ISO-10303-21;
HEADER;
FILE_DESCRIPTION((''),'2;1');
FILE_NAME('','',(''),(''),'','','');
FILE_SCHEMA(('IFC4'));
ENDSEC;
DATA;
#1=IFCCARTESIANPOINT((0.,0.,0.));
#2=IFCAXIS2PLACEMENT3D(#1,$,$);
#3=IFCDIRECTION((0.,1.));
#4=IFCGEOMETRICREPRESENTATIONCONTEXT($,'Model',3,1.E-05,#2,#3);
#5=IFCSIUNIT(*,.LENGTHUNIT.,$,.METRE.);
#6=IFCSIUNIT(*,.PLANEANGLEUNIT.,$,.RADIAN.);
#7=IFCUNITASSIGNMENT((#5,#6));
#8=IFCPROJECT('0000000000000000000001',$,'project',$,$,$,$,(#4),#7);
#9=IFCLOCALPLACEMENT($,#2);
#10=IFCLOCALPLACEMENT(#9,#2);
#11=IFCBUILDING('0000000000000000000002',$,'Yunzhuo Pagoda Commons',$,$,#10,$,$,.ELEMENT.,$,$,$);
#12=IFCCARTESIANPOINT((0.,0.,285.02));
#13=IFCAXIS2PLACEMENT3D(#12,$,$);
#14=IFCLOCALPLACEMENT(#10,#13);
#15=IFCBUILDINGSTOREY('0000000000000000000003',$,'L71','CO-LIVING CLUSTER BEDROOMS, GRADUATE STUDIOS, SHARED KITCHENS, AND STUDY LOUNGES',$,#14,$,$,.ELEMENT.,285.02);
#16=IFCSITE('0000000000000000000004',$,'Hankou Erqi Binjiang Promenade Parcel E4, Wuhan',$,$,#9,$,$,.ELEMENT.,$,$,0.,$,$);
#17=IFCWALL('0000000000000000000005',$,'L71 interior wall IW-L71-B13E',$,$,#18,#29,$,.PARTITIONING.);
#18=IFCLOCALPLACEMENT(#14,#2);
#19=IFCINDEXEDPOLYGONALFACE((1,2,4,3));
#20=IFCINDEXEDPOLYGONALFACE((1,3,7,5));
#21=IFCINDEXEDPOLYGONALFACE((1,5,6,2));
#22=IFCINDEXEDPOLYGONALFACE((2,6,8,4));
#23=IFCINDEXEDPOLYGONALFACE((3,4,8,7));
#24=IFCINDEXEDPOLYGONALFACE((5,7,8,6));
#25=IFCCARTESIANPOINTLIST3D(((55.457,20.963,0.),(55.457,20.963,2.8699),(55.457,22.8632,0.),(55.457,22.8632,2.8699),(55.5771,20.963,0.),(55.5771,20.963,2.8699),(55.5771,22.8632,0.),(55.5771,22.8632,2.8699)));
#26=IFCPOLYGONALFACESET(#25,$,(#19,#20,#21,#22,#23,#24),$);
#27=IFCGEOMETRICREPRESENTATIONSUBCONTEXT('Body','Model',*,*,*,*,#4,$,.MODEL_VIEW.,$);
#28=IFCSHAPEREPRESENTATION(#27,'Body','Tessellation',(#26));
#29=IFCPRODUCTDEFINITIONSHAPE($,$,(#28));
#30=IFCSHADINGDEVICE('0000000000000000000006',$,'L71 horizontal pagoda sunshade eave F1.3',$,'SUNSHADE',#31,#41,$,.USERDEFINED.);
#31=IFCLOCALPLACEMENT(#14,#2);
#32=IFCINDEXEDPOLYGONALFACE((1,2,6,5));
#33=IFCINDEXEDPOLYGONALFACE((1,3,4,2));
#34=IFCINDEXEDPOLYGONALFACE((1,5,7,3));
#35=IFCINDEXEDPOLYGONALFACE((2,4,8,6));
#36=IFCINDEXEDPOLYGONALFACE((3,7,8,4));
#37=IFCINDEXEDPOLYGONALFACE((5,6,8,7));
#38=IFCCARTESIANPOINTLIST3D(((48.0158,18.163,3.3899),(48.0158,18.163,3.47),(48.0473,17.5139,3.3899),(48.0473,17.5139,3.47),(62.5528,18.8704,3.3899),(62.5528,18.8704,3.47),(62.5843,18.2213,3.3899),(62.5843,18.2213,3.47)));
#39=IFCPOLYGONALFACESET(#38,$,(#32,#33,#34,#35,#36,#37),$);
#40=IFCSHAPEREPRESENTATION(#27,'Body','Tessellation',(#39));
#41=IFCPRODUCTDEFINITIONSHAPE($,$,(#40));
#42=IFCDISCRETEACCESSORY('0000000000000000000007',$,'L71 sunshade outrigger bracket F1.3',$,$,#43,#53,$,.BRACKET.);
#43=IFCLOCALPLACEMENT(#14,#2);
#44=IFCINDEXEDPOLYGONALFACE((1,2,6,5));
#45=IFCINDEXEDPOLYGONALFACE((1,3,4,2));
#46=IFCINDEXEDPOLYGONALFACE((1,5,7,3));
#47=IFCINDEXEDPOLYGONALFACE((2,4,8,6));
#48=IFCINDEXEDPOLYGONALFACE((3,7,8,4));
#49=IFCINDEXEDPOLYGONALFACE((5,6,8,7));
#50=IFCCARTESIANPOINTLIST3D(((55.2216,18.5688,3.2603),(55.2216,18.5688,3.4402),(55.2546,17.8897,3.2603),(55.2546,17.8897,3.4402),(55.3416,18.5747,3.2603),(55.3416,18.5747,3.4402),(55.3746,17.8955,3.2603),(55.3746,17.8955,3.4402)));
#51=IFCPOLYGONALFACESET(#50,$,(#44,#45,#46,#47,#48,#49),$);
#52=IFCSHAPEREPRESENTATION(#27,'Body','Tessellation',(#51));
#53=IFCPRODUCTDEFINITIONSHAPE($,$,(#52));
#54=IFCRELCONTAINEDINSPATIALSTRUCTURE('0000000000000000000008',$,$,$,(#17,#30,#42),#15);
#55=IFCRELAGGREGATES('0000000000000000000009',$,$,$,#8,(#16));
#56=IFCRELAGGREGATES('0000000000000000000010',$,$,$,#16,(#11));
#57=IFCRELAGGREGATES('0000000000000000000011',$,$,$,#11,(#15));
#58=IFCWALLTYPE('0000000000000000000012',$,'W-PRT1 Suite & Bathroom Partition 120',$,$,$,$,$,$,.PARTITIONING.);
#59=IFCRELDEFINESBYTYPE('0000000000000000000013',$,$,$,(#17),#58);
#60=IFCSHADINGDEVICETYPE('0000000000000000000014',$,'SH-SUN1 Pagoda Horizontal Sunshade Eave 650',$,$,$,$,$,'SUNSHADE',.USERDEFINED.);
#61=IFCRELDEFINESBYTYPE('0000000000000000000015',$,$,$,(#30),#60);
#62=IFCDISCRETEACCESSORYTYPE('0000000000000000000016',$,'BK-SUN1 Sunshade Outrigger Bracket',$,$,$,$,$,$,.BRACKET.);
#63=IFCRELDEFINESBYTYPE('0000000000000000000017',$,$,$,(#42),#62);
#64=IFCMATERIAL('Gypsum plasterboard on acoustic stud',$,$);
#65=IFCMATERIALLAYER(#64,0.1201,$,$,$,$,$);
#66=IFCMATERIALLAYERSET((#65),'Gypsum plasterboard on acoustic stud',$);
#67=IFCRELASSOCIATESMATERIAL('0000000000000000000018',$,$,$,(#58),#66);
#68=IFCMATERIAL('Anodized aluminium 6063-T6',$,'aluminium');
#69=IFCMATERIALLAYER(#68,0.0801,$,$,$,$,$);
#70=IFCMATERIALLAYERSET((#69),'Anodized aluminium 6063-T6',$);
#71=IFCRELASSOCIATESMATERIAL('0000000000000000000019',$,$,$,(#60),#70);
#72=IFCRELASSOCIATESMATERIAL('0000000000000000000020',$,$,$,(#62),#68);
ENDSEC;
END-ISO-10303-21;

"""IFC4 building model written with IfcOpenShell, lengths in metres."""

from ifc_helpers import new_model, si_unit, direction, frame, frame_2d, origin, origin_2d, place, context, subcontext, project, spatial, rectangle, extrude, source, transform, mapped, material, layer, layer_set, type_object, element, save


model = new_model("IFC4")

# Units and contexts
model_context = context("Model", 3, precision=1e-05, world=origin(), true_north=direction((0.0, 1.0)))
body_context = subcontext(model_context, "Body", "Model", "MODEL_VIEW")
ifc_project = project(units=[si_unit("LENGTHUNIT", "METRE"), si_unit("PLANEANGLEUNIT", "RADIAN")], contexts=[model_context])

# Site, building, storey
site_placement = place(None, origin())
site = spatial("IfcSite", under=ifc_project, at=site_placement, Name="Hankou Erqi Binjiang Promenade Parcel E4, Wuhan", CompositionType="ELEMENT", RefElevation=0.0)
building_placement = place(site_placement, origin())
building = spatial("IfcBuilding", under=site, at=building_placement, Name="Yunzhuo Pagoda Commons", CompositionType="ELEMENT")
storey_placement = place(building_placement, frame((0.0, 0.0, 285.02)))
storey = spatial("IfcBuildingStorey", under=building, at=storey_placement, Name="L71", Description="CO-LIVING CLUSTER BEDROOMS, GRADUATE STUDIOS, SHARED KITCHENS, AND STUDY LOUNGES", CompositionType="ELEMENT", Elevation=285.02)

# Shared definitions
ifc_material_1 = material(Name="Anodized aluminium 6063-T6", Category="aluminium")

# Shared definitions
ifc_material_2 = material(Name="Gypsum plasterboard on acoustic stud")
ifc_layer_1 = layer(ifc_material_2, 0.1201)
ifc_layer_set_1 = layer_set([ifc_layer_1], Name="Gypsum plasterboard on acoustic stud")
wall_type = type_object("IfcWallType", Name="W-PRT1 Suite & Bathroom Partition 120", PredefinedType="PARTITIONING", material=ifc_layer_set_1)

# Wall
wall_1_placement = place(storey_placement, frame((55.5171, 20.9629, 0.0), z_axis=(0.0, 0.0, 1.0), x_axis=(0.0, 1.0, 0.0)))
element("IfcWall", 1, at=wall_1_placement, inside=storey, type_object=wall_type, Name="L71 interior wall IW-L71-B13E", PredefinedType="PARTITIONING", context=body_context, shape_type="SweptSolid", body=[
    extrude(rectangle(XDim=1.9001, YDim=0.1201, at=frame_2d((0.9502, 0.0))), origin(), (0.0, 0.0, 1.0), 2.8699),
])

# Shading device
ifc_layer_2 = layer(ifc_material_1, 0.0801)
ifc_layer_set_2 = layer_set([ifc_layer_2], Name="Anodized aluminium 6063-T6")
shading_device_type = type_object("IfcShadingDeviceType", Name="SH-SUN1 Pagoda Horizontal Sunshade Eave 650", ElementType="SUNSHADE", PredefinedType="USERDEFINED", material=ifc_layer_set_2)
shared_shape_1 = source(origin(), body_context, "Body", "SweptSolid", [
    extrude(rectangle(XDim=14.5542, YDim=0.6499, at=origin_2d()), origin(), (0.0, 0.0, 1.0), 0.0801),
])
shading_device_placement = place(storey_placement, frame((55.3, 18.1921, 3.3899), z_axis=(0.0, 0.0, 1.0), x_axis=(0.998818, 0.048606, 0.0)))
element("IfcShadingDevice", 2, at=shading_device_placement, inside=storey, type_object=shading_device_type, Name="L71 horizontal pagoda sunshade eave F1.3", ObjectType="SUNSHADE", PredefinedType="USERDEFINED", context=body_context, shape_type="MappedRepresentation", body=[
    mapped(shared_shape_1, transform((0.0, 0.0, 0.0), scale=1.0)),
])

# Discrete accessory
discrete_accessory_type = type_object("IfcDiscreteAccessoryType", Name="BK-SUN1 Sunshade Outrigger Bracket", PredefinedType="BRACKET", material=ifc_material_1)
shared_shape_2 = source(origin(), body_context, "Body", "SweptSolid", [
    extrude(rectangle(XDim=0.1201, YDim=0.6799, at=origin_2d()), origin(), (0.0, 0.0, 1.0), 0.1799),
])
discrete_accessory_placement = place(storey_placement, frame((55.2981, 18.2322, 3.2603), z_axis=(0.0, 0.0, 1.0), x_axis=(0.998818, 0.048606, 0.0)))
element("IfcDiscreteAccessory", 3, at=discrete_accessory_placement, inside=storey, type_object=discrete_accessory_type, Name="L71 sunshade outrigger bracket F1.3", PredefinedType="BRACKET", context=body_context, shape_type="MappedRepresentation", body=[
    mapped(shared_shape_2, transform((0.0, 0.0, 0.0), scale=1.0)),
])

save(model, "model.ifc")
